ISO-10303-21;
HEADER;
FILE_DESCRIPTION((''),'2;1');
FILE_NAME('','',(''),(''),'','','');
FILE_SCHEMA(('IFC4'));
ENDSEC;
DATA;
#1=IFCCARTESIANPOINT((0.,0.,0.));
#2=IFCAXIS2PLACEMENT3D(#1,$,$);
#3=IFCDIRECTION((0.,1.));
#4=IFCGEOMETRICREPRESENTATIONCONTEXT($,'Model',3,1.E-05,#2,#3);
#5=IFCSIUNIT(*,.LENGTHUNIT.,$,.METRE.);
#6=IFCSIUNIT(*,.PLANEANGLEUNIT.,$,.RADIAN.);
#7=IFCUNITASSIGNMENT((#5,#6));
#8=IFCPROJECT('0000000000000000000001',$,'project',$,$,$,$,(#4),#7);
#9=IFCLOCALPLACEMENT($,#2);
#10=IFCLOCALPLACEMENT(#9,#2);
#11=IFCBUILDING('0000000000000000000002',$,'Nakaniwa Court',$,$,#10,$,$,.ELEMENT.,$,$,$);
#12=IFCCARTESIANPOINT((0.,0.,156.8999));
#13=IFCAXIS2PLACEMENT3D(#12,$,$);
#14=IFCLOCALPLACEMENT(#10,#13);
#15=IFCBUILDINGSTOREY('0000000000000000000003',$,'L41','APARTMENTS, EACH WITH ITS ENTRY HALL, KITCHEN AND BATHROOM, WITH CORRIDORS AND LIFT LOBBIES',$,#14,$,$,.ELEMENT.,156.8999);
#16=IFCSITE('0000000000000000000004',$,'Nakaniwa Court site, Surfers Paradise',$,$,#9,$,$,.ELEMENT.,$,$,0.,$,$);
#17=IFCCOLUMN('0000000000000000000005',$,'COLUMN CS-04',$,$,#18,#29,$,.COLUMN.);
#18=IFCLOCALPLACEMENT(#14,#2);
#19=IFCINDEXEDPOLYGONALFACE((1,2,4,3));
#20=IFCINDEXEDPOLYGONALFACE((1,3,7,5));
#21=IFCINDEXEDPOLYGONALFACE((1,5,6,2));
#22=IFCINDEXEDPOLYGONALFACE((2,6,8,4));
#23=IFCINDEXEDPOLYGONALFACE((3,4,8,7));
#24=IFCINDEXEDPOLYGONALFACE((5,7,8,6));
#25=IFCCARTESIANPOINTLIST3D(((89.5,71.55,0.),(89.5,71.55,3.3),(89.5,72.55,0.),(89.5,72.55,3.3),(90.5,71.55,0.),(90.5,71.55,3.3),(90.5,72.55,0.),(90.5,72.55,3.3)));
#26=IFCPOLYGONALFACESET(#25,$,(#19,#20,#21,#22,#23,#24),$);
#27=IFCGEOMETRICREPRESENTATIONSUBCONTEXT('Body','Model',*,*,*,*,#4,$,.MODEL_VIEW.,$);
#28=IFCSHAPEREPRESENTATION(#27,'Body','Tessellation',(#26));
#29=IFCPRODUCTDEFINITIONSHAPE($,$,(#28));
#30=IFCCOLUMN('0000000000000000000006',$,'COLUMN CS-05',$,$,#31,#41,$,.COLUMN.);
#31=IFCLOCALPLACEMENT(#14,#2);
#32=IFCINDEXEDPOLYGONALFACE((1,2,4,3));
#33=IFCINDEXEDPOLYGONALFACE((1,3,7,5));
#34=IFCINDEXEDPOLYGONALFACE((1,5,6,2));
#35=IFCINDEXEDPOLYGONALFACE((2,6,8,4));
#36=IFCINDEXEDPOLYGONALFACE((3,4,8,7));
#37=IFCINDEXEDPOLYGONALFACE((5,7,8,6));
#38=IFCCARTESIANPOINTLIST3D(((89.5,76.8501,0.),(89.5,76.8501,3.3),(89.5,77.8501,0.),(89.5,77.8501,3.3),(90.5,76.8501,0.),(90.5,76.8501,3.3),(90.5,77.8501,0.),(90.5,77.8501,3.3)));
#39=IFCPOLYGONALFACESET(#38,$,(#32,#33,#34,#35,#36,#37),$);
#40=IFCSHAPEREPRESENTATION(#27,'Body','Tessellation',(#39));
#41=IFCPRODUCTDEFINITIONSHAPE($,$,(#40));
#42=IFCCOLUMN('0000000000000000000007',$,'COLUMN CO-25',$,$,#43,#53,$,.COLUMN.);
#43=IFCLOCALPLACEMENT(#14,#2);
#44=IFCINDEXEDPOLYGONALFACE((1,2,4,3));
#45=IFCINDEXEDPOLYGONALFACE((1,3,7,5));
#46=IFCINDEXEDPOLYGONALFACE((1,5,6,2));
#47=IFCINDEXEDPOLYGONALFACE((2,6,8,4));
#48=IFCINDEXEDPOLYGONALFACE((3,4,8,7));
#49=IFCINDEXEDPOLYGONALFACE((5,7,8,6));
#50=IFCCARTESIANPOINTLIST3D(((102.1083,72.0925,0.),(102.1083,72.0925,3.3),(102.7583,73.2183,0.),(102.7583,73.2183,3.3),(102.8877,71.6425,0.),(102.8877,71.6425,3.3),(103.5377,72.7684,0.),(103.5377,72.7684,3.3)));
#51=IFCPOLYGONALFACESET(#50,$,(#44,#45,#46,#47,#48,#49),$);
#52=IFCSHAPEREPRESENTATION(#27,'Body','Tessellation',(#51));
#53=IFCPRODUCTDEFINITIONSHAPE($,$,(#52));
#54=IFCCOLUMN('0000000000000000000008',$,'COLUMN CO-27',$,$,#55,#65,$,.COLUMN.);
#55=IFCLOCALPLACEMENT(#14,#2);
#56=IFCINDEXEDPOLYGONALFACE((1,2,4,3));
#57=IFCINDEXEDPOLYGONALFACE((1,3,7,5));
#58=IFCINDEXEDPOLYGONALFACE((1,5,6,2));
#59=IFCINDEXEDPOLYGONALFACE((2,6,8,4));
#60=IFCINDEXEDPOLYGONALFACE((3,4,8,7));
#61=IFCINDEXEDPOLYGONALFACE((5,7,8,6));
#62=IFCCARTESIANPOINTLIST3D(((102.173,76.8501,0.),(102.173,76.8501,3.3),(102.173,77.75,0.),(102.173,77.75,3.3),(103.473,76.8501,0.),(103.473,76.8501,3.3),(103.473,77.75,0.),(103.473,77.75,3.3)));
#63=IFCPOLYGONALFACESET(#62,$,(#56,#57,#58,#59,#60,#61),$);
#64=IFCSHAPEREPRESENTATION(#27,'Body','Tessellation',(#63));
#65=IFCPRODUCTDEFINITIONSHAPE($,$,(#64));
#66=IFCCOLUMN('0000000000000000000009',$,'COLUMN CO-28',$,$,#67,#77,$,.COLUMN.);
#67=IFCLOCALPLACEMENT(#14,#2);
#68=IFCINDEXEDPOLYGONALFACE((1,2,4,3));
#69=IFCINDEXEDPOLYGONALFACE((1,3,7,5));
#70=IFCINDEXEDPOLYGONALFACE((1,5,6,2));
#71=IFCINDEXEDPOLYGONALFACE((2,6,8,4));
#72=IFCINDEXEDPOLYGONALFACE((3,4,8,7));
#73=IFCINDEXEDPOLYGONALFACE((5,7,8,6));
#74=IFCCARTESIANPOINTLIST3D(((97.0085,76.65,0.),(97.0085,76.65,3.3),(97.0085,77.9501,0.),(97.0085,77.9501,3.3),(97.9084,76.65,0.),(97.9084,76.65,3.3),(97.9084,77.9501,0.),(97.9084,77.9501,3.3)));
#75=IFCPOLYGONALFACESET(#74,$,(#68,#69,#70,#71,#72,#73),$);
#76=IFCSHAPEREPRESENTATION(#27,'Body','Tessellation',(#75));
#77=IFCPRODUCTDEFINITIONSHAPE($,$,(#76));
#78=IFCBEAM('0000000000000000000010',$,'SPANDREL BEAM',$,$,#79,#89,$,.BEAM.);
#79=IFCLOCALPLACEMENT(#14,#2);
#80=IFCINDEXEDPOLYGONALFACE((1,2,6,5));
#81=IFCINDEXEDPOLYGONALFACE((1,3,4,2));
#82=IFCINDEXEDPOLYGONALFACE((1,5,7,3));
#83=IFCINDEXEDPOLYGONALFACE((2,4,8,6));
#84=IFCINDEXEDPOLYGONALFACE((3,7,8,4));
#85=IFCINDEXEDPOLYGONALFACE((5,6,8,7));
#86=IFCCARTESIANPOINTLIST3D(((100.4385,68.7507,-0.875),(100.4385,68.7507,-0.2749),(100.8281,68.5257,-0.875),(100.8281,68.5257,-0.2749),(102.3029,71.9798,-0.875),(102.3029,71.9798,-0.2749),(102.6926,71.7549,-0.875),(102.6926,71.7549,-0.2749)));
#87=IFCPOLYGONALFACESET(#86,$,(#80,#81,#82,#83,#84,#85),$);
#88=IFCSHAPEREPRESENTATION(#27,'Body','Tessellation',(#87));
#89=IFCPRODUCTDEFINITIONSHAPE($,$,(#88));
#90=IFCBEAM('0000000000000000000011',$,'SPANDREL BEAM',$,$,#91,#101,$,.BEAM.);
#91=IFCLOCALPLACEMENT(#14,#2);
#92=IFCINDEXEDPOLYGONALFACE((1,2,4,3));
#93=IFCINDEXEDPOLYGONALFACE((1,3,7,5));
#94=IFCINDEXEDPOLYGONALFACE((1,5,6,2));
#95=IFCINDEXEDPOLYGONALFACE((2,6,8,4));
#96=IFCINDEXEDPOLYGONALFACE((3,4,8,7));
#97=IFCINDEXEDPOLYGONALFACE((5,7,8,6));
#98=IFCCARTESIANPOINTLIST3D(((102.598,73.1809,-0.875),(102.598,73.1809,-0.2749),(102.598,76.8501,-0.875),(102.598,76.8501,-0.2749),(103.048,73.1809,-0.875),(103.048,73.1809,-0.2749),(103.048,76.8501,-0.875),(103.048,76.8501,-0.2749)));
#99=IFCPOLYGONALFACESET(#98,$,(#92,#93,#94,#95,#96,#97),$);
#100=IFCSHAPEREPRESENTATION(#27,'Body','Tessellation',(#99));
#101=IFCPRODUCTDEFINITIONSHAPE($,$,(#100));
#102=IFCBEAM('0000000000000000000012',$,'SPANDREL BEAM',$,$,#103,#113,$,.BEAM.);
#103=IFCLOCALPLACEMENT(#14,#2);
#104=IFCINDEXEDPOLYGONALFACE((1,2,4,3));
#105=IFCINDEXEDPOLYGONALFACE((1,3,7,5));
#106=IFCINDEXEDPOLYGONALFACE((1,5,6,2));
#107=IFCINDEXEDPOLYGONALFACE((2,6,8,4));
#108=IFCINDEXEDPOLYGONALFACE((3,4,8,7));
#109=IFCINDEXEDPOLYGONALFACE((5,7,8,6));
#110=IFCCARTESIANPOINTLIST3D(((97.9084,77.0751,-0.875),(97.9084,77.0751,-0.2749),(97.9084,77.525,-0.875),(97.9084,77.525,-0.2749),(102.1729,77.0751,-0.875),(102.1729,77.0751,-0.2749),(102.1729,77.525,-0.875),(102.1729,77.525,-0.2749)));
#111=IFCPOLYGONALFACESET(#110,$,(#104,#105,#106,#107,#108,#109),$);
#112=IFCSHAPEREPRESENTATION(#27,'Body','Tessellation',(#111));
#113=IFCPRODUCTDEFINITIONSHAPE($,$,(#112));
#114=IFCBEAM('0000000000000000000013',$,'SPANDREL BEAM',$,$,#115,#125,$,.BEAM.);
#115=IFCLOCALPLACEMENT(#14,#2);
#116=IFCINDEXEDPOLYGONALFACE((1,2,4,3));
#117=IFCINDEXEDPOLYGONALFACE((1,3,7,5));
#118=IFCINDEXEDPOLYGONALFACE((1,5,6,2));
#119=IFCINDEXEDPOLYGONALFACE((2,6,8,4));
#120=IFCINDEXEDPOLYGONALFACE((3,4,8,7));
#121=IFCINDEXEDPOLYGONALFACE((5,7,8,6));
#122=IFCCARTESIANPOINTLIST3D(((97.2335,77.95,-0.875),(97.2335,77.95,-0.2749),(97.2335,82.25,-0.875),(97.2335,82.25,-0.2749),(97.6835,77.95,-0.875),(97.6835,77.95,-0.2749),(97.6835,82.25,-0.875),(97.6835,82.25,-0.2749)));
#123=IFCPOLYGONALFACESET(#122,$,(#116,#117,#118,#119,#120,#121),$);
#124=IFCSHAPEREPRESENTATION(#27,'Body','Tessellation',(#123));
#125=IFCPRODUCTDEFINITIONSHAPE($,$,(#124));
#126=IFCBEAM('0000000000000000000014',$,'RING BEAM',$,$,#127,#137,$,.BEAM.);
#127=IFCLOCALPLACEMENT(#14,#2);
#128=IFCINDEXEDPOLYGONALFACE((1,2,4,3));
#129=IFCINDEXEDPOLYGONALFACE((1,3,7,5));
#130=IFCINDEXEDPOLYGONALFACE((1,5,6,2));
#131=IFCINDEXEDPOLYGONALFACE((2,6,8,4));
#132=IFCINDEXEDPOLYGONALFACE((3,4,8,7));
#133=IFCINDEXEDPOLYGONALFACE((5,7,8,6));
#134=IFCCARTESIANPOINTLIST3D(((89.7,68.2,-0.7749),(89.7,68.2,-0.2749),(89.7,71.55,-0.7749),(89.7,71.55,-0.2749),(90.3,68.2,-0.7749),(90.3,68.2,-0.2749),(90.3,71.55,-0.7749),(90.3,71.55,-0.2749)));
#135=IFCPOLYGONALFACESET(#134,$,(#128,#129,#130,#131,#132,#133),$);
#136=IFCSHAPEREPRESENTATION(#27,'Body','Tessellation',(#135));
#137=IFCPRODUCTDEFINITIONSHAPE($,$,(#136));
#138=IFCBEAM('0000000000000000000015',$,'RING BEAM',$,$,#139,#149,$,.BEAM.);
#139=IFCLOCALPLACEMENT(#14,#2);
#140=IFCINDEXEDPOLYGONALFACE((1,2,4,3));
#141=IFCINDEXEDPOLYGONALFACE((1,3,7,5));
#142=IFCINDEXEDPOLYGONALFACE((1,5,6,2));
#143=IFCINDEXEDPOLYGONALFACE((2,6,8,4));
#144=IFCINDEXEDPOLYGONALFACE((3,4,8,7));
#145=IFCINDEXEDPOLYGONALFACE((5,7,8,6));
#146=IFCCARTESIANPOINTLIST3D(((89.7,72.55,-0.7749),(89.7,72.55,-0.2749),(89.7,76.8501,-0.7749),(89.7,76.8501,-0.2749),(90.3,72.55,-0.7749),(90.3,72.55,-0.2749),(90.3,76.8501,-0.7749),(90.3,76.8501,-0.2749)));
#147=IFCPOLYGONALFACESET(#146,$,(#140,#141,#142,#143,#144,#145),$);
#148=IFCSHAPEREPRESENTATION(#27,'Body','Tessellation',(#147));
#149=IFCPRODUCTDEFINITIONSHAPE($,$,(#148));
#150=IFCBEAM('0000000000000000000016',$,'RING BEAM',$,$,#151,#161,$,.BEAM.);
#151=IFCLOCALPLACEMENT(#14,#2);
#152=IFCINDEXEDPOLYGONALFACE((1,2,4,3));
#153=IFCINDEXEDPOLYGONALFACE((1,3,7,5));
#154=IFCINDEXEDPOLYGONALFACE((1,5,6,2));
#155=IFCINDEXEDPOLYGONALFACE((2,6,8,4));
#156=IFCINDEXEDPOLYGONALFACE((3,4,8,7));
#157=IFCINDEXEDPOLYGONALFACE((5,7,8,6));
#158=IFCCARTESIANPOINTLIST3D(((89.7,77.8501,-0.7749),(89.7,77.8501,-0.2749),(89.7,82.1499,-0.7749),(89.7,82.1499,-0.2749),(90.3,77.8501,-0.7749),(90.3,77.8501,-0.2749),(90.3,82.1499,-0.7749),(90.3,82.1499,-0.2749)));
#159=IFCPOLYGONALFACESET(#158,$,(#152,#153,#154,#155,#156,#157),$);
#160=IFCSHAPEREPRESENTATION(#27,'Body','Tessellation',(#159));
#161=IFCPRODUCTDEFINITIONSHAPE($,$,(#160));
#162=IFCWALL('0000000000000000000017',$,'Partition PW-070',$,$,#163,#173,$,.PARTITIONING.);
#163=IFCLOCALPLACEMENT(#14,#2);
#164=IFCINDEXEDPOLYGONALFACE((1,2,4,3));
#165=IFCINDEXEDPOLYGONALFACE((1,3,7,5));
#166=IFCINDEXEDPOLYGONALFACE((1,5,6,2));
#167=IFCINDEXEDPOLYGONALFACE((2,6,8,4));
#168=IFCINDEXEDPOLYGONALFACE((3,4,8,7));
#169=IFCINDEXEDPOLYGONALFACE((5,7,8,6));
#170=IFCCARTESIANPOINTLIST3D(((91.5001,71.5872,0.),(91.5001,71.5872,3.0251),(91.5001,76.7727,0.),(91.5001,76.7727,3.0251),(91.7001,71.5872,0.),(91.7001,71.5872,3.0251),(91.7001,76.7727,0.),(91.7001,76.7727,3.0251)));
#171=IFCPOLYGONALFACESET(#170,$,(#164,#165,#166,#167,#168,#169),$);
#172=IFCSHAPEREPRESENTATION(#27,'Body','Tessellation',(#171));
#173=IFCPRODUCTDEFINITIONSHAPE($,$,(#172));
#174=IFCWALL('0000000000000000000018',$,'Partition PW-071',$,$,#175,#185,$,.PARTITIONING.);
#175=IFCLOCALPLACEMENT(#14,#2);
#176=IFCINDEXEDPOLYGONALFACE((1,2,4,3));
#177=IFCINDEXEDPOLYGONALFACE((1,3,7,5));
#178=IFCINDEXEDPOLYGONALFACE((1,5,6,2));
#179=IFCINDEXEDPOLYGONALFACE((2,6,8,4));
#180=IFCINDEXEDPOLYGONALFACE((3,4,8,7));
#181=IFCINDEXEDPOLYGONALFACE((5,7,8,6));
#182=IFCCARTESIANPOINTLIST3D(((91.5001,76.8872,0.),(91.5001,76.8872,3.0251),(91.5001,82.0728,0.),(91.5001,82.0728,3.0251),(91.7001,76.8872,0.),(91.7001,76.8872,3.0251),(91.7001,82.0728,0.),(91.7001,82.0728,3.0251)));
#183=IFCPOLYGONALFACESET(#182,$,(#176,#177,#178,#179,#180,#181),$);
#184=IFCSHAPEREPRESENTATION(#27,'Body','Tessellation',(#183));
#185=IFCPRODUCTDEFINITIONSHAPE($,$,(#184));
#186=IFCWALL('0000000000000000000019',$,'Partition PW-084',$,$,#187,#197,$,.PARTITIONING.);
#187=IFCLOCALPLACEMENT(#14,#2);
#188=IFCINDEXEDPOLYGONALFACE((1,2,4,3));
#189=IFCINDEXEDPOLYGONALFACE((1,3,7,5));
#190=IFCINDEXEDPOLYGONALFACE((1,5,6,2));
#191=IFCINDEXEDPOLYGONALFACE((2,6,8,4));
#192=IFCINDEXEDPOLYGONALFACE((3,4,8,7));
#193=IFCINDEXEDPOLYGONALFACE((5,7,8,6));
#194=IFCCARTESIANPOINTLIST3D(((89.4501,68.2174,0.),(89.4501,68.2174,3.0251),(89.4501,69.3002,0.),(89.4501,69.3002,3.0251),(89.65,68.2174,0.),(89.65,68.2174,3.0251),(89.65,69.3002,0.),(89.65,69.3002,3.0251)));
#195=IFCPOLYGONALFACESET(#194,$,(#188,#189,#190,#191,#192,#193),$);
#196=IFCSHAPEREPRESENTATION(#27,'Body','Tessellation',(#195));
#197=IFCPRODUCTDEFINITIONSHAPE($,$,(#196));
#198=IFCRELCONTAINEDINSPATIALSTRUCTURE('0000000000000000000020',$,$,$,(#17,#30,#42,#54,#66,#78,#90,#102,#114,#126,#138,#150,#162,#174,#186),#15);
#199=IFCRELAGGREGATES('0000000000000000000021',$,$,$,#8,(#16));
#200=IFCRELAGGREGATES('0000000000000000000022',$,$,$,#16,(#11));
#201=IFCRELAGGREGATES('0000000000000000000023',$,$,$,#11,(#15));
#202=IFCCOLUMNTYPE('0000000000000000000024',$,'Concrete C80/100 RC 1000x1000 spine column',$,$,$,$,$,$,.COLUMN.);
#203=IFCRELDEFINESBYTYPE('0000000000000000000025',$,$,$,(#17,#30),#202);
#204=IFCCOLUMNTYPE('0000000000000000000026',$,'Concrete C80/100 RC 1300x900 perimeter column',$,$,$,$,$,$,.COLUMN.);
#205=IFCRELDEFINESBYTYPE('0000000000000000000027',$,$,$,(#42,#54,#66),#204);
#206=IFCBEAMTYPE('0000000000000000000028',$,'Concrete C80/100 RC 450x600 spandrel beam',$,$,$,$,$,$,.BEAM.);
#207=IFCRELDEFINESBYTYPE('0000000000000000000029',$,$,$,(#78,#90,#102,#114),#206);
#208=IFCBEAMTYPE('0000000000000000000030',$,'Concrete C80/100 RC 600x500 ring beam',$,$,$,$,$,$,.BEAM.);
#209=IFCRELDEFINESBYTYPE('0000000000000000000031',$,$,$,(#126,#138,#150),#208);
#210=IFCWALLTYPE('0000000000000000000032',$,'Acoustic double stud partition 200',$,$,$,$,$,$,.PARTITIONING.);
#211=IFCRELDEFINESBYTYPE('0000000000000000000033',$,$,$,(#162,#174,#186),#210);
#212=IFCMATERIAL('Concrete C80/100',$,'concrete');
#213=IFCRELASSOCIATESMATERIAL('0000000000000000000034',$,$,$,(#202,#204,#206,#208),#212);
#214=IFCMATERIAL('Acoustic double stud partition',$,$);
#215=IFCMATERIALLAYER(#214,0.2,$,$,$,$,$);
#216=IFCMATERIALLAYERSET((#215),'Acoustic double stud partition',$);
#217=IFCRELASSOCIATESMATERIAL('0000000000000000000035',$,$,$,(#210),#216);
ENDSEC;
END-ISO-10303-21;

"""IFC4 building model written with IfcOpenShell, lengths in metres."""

from ifc_helpers import new_model, si_unit, direction, frame, frame_2d, origin, origin_2d, place, context, subcontext, project, spatial, rectangle, extrude, material, layer, layer_set, material_profile, profile_set, type_object, element, save


model = new_model("IFC4")

# Units and contexts
model_context = context("Model", 3, precision=1e-05, world=origin(), true_north=direction((0.0, 1.0)))
body_context = subcontext(model_context, "Body", "Model", "MODEL_VIEW")
ifc_project = project(units=[si_unit("LENGTHUNIT", "METRE"), si_unit("PLANEANGLEUNIT", "RADIAN")], contexts=[model_context])

# Site, building, storey
site_placement = place(None, origin())
site = spatial("IfcSite", under=ifc_project, at=site_placement, Name="Nakaniwa Court site, Surfers Paradise", CompositionType="ELEMENT", RefElevation=0.0)
building_placement = place(site_placement, origin())
building = spatial("IfcBuilding", under=site, at=building_placement, Name="Nakaniwa Court", CompositionType="ELEMENT")
storey_placement = place(building_placement, frame((0.0, 0.0, 156.8999)))
storey = spatial("IfcBuildingStorey", under=building, at=storey_placement, Name="L41", Description="APARTMENTS, EACH WITH ITS ENTRY HALL, KITCHEN AND BATHROOM, WITH CORRIDORS AND LIFT LOBBIES", CompositionType="ELEMENT", Elevation=156.8999)

# Columns
ifc_material_1 = material(Name="Concrete C80/100", Category="concrete")
ifc_material_profile_1 = material_profile(ifc_material_1, rectangle(XDim=1.0, YDim=1.0, at=origin_2d()), Name="Concrete C80/100 RC 1000x1000 spine column")
ifc_profile_set_1 = profile_set([ifc_material_profile_1], Name="Concrete C80/100")
column_type_1 = type_object("IfcColumnType", Name="Concrete C80/100 RC 1000x1000 spine column", PredefinedType="COLUMN", material=ifc_profile_set_1)
for number, where, z_axis, x_axis, name in (
    (1, (90.0, 72.05, 0.0), (0.0, 0.0, 1.0), (0.0, 1.0, 0.0), "COLUMN CS-04"),
    (2, (90.0, 77.3501, 0.0), (0.0, 0.0, 1.0), (0.0, 1.0, 0.0), "COLUMN CS-05"),
):
    element("IfcColumn", number, at=place(storey_placement, frame(where, z_axis=z_axis, x_axis=x_axis)), inside=storey, type_object=column_type_1, Name=name, PredefinedType="COLUMN", context=body_context, shape_type="SweptSolid", body=[
        extrude(rectangle(XDim=1.0, YDim=1.0, at=origin_2d()), origin(), (0.0, 0.0, 1.0), 3.3),
    ])
ifc_material_profile_2 = material_profile(ifc_material_1, rectangle(XDim=1.3, YDim=0.8999, at=origin_2d()), Name="Concrete C80/100 RC 1300x900 perimeter column")
ifc_profile_set_2 = profile_set([ifc_material_profile_2], Name="Concrete C80/100")
column_type_2 = type_object("IfcColumnType", Name="Concrete C80/100 RC 1300x900 perimeter column", PredefinedType="COLUMN", material=ifc_profile_set_2)
for number, where, z_axis, x_axis, name in (
    (3, (102.823, 72.4304, 0.0), (0.0, 0.0, 1.0), (0.5, 0.866025, 0.0), "COLUMN CO-25"),
    (4, (102.823, 77.3, 0.0), (0.0, 0.0, 1.0), (-1.0, 0.0, 0.0), "COLUMN CO-27"),
    (5, (97.4585, 77.3, 0.0), (0.0, 0.0, 1.0), (0.0, 1.0, 0.0), "COLUMN CO-28"),
):
    element("IfcColumn", number, at=place(storey_placement, frame(where, z_axis=z_axis, x_axis=x_axis)), inside=storey, type_object=column_type_2, Name=name, PredefinedType="COLUMN", context=body_context, shape_type="SweptSolid", body=[
        extrude(rectangle(XDim=1.3, YDim=0.8999, at=origin_2d()), origin(), (0.0, 0.0, 1.0), 3.3),
    ])

# Beams
ifc_material_profile_3 = material_profile(ifc_material_1, rectangle(XDim=0.45, YDim=0.6001, at=origin_2d()), Name="Concrete C80/100 RC 450x600 spandrel beam")
ifc_profile_set_3 = profile_set([ifc_material_profile_3], Name="Concrete C80/100")
beam_type_1 = type_object("IfcBeamType", Name="Concrete C80/100 RC 450x600 spandrel beam", PredefinedType="BEAM", material=ifc_profile_set_3)
beam_1_placement = place(storey_placement, frame((100.6333, 68.6382, -0.575), z_axis=(0.500019, 0.866014, 0.0), x_axis=(-0.866014, 0.500019, 0.0)))
element("IfcBeam", 6, at=beam_1_placement, inside=storey, type_object=beam_type_1, Name="SPANDREL BEAM", PredefinedType="BEAM", context=body_context, shape_type="SweptSolid", body=[
    extrude(rectangle(XDim=0.45, YDim=0.6001, at=origin_2d()), origin(), (0.0, 0.0, 1.0), 3.7288),
])
beam_2_placement = place(storey_placement, frame((102.823, 73.1809, -0.575), z_axis=(0.0, 1.0, 0.0), x_axis=(-1.0, 0.0, 0.0)))
element("IfcBeam", 7, at=beam_2_placement, inside=storey, type_object=beam_type_1, Name="SPANDREL BEAM", PredefinedType="BEAM", context=body_context, shape_type="SweptSolid", body=[
    extrude(rectangle(XDim=0.45, YDim=0.6001, at=origin_2d()), origin(), (0.0, 0.0, 1.0), 3.6692),
])
beam_3_placement = place(storey_placement, frame((102.1729, 77.3, -0.575), z_axis=(-1.0, 0.0, 0.0), x_axis=(0.0, -1.0, 0.0)))
element("IfcBeam", 8, at=beam_3_placement, inside=storey, type_object=beam_type_1, Name="SPANDREL BEAM", PredefinedType="BEAM", context=body_context, shape_type="SweptSolid", body=[
    extrude(rectangle(XDim=0.45, YDim=0.6001, at=origin_2d()), origin(), (0.0, 0.0, 1.0), 4.2644),
])
beam_4_placement = place(storey_placement, frame((97.4585, 77.95, -0.575), z_axis=(0.0, 1.0, 0.0), x_axis=(-1.0, 0.0, 0.0)))
element("IfcBeam", 9, at=beam_4_placement, inside=storey, type_object=beam_type_1, Name="SPANDREL BEAM", PredefinedType="BEAM", context=body_context, shape_type="SweptSolid", body=[
    extrude(rectangle(XDim=0.45, YDim=0.6001, at=origin_2d()), origin(), (0.0, 0.0, 1.0), 4.3),
])
ifc_material_profile_4 = material_profile(ifc_material_1, rectangle(XDim=0.6001, YDim=0.5, at=origin_2d()), Name="Concrete C80/100 RC 600x500 ring beam")
ifc_profile_set_4 = profile_set([ifc_material_profile_4], Name="Concrete C80/100")
beam_type_2 = type_object("IfcBeamType", Name="Concrete C80/100 RC 600x500 ring beam", PredefinedType="BEAM", material=ifc_profile_set_4)
beam_5_placement = place(storey_placement, frame((90.0, 68.2, -0.5249), z_axis=(0.0, 1.0, 0.0), x_axis=(-1.0, 0.0, 0.0)))
element("IfcBeam", 10, at=beam_5_placement, inside=storey, type_object=beam_type_2, Name="RING BEAM", PredefinedType="BEAM", context=body_context, shape_type="SweptSolid", body=[
    extrude(rectangle(XDim=0.6001, YDim=0.5, at=origin_2d()), origin(), (0.0, 0.0, 1.0), 3.3501),
])
beam_6_placement = place(storey_placement, frame((90.0, 72.55, -0.5249), z_axis=(0.0, 1.0, 0.0), x_axis=(-1.0, 0.0, 0.0)))
element("IfcBeam", 11, at=beam_6_placement, inside=storey, type_object=beam_type_2, Name="RING BEAM", PredefinedType="BEAM", context=body_context, shape_type="SweptSolid", body=[
    extrude(rectangle(XDim=0.6001, YDim=0.5, at=origin_2d()), origin(), (0.0, 0.0, 1.0), 4.3),
])
beam_7_placement = place(storey_placement, frame((90.0, 77.8501, -0.5249), z_axis=(0.0, 1.0, 0.0), x_axis=(-1.0, 0.0, 0.0)))
element("IfcBeam", 12, at=beam_7_placement, inside=storey, type_object=beam_type_2, Name="RING BEAM", PredefinedType="BEAM", context=body_context, shape_type="SweptSolid", body=[
    extrude(rectangle(XDim=0.6001, YDim=0.5, at=origin_2d()), origin(), (0.0, 0.0, 1.0), 4.2998),
])

# Walls
ifc_material_2 = material(Name="Acoustic double stud partition")
ifc_layer_1 = layer(ifc_material_2, 0.2)
ifc_layer_set_1 = layer_set([ifc_layer_1], Name="Acoustic double stud partition")
wall_type_1 = type_object("IfcWallType", Name="Acoustic double stud partition 200", PredefinedType="PARTITIONING", material=ifc_layer_set_1)
for number, where, z_axis, x_axis, name in (
    (13, (91.6001, 71.5872, 0.0), (0.0, 0.0, 1.0), (0.0, 1.0, 0.0), "Partition PW-070"),
    (14, (91.6001, 76.8872, 0.0), (0.0, 0.0, 1.0), (0.0, 1.0, 0.0), "Partition PW-071"),
):
    element("IfcWall", number, at=place(storey_placement, frame(where, z_axis=z_axis, x_axis=x_axis)), inside=storey, type_object=wall_type_1, Name=name, PredefinedType="PARTITIONING", context=body_context, shape_type="SweptSolid", body=[
        extrude(rectangle(XDim=5.1855, YDim=0.2, at=frame_2d((2.5928, 0.0))), origin(), (0.0, 0.0, 1.0), 3.0251),
    ])
wall_1_placement = place(storey_placement, frame((89.55, 68.2173, 0.0), z_axis=(0.0, 0.0, 1.0), x_axis=(0.0, 1.0, 0.0)))
element("IfcWall", 15, at=wall_1_placement, inside=storey, type_object=wall_type_1, Name="Partition PW-084", PredefinedType="PARTITIONING", context=body_context, shape_type="SweptSolid", body=[
    extrude(rectangle(XDim=1.0828, YDim=0.2, at=frame_2d((0.5415, 0.0))), origin(), (0.0, 0.0, 1.0), 3.0251),
])

save(model, "model.ifc")
